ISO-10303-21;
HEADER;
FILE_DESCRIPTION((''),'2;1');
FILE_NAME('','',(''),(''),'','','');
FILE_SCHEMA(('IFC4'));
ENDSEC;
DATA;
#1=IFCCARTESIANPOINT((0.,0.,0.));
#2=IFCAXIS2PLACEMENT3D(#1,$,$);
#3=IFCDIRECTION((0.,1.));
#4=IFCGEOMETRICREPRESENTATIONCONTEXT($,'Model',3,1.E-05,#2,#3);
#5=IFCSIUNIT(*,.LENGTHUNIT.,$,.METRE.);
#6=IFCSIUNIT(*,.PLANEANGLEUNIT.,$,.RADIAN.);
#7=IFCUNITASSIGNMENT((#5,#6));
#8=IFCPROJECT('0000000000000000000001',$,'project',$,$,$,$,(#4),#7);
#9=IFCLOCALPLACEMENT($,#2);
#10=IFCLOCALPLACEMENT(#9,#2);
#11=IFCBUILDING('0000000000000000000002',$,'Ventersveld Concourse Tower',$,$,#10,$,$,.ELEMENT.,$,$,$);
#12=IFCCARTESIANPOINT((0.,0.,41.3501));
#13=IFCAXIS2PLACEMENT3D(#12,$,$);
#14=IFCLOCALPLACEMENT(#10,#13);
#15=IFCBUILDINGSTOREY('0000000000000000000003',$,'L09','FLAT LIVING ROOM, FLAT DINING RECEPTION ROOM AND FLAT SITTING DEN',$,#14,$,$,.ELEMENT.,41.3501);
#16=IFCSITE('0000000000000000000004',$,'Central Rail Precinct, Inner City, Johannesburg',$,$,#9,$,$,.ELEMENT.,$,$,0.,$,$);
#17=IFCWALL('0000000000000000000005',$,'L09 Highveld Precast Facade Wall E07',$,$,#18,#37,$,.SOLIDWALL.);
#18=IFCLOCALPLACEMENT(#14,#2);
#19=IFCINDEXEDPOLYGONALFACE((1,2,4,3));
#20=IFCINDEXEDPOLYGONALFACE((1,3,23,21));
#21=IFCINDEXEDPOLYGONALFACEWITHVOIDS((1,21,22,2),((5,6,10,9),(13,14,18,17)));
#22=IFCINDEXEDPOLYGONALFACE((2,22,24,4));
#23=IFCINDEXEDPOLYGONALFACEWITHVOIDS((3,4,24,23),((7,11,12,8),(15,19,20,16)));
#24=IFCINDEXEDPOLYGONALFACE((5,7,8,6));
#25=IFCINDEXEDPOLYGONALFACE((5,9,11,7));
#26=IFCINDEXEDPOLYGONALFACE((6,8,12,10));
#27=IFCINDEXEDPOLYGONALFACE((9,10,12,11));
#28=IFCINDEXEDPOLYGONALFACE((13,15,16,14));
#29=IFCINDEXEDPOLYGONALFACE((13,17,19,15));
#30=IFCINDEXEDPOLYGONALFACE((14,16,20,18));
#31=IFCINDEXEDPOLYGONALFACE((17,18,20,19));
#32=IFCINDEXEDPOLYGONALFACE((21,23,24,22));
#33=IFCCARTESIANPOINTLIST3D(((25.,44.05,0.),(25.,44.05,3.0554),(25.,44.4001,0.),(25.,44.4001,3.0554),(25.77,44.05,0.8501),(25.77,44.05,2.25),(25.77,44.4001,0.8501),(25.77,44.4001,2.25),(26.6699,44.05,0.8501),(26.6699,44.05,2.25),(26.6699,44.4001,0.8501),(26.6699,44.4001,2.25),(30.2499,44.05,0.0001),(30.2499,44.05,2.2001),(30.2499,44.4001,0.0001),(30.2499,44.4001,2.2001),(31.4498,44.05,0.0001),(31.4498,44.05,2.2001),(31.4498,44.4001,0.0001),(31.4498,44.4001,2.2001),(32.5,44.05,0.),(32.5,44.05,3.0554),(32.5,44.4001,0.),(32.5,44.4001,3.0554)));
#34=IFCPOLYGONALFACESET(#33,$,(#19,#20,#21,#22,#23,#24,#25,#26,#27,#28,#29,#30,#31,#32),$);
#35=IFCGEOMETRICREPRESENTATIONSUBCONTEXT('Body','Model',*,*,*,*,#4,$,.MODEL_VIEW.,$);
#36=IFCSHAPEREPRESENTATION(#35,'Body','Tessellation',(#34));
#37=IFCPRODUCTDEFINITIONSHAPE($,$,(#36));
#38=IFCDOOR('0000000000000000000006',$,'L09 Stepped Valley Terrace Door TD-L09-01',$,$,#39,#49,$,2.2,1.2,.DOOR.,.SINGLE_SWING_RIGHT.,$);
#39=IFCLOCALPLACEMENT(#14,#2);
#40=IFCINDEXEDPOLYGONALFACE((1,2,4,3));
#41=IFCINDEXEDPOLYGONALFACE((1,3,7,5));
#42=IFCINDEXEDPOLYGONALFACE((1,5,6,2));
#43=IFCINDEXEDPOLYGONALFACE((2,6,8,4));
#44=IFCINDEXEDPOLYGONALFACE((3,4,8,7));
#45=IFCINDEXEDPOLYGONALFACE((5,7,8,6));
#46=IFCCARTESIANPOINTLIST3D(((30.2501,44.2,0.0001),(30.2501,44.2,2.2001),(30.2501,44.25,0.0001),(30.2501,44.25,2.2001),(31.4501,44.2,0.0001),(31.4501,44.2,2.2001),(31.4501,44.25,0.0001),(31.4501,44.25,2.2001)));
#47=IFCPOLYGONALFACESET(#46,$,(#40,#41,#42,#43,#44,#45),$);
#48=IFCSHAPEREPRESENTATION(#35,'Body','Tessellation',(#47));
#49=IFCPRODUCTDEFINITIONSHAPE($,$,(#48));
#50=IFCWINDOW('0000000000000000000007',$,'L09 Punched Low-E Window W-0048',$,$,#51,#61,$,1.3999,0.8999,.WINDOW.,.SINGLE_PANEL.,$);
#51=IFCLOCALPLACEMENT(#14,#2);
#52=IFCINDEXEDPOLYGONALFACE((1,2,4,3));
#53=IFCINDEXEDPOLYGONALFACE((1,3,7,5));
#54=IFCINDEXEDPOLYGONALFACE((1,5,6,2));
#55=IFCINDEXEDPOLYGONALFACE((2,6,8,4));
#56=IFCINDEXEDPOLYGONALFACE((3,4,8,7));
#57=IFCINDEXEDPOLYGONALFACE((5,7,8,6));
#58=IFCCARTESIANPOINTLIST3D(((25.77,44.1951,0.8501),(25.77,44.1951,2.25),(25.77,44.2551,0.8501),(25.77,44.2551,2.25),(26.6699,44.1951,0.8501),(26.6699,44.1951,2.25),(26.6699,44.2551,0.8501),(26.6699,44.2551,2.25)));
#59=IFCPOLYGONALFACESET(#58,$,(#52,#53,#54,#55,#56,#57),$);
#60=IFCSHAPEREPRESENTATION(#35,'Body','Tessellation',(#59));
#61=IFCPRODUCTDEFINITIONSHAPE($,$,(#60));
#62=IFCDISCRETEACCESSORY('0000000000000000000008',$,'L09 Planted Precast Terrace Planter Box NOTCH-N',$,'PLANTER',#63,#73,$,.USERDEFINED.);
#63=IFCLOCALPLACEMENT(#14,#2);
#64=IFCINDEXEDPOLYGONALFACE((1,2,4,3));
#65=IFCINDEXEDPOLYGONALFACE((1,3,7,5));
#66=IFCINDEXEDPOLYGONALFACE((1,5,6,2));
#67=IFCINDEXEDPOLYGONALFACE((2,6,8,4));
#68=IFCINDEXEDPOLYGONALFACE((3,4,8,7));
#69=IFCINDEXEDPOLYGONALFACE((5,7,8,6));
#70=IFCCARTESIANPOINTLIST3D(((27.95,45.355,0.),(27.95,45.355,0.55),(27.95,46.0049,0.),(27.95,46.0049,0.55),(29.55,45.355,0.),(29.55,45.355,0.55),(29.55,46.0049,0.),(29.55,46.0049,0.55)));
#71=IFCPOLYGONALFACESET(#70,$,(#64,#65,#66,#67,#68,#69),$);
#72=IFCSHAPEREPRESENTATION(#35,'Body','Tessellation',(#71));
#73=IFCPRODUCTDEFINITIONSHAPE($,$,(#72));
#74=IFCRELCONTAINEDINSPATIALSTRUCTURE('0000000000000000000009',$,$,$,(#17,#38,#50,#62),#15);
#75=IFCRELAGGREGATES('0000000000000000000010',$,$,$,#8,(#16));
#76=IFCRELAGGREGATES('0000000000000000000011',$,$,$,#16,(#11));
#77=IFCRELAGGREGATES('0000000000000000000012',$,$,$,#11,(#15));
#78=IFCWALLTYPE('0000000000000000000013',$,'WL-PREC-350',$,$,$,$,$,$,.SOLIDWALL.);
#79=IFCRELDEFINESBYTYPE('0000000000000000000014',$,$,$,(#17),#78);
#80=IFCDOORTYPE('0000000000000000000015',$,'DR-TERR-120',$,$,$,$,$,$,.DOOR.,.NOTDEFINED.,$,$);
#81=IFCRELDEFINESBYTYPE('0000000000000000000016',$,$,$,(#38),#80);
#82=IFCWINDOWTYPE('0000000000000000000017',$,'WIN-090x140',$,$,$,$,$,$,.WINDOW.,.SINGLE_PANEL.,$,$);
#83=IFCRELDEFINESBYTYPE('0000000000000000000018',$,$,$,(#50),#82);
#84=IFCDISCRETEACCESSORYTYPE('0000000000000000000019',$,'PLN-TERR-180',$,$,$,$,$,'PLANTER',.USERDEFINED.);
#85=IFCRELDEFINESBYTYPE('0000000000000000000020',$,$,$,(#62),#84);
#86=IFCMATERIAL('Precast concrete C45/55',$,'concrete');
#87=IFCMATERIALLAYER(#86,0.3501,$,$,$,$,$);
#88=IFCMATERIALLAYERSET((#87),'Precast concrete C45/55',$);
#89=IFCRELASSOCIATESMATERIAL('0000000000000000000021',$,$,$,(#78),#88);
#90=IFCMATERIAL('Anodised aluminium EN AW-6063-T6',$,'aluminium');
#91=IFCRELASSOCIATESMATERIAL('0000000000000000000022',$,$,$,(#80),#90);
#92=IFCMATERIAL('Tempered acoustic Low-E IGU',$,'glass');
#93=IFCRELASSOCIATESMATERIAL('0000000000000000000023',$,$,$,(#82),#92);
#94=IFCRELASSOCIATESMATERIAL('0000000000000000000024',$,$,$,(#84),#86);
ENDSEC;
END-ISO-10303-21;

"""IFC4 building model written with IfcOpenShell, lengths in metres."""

from ifc_helpers import new_model, si_unit, direction, frame, frame_2d, origin, origin_2d, place, context, subcontext, project, spatial, rectangle, extrude, material, layer, layer_set, type_object, element, fill, save


model = new_model("IFC4")

# Units and contexts
model_context = context("Model", 3, precision=1e-05, world=origin(), true_north=direction((0.0, 1.0)))
body_context = subcontext(model_context, "Body", "Model", "MODEL_VIEW")
ifc_project = project(units=[si_unit("LENGTHUNIT", "METRE"), si_unit("PLANEANGLEUNIT", "RADIAN")], contexts=[model_context])

# Site, building, storey
site_placement = place(None, origin())
site = spatial("IfcSite", under=ifc_project, at=site_placement, Name="Central Rail Precinct, Inner City, Johannesburg", CompositionType="ELEMENT", RefElevation=0.0)
building_placement = place(site_placement, origin())
building = spatial("IfcBuilding", under=site, at=building_placement, Name="Ventersveld Concourse Tower", CompositionType="ELEMENT")
storey_placement = place(building_placement, frame((0.0, 0.0, 41.3501)))
storey = spatial("IfcBuildingStorey", under=building, at=storey_placement, Name="L09", Description="FLAT LIVING ROOM, FLAT DINING RECEPTION ROOM AND FLAT SITTING DEN", CompositionType="ELEMENT", Elevation=41.3501)

# Shared definitions
ifc_material_1 = material(Name="Precast concrete C45/55", Category="concrete")
ifc_layer_1 = layer(ifc_material_1, 0.3501)
ifc_layer_set_1 = layer_set([ifc_layer_1], Name="Precast concrete C45/55")
wall_type_1 = type_object("IfcWallType", Name="WL-PREC-350", PredefinedType="SOLIDWALL", material=ifc_layer_set_1)

# Wall, openings, door, window
wall_1_placement = place(storey_placement, frame((32.5, 44.2251, 0.0), z_axis=(0.0, 0.0, 1.0), x_axis=(-1.0, 0.0, 0.0)))
wall_1 = element("IfcWall", 1, at=wall_1_placement, inside=storey, type_object=wall_type_1, Name="L09 Highveld Precast Facade Wall E07", PredefinedType="SOLIDWALL", context=body_context, shape_type="SweptSolid", body=[
    extrude(rectangle(XDim=7.5, YDim=0.3501, at=frame_2d((3.75, 0.0))), origin(), (0.0, 0.0, 1.0), 3.0554),
])
opening_1_placement = place(wall_1_placement, frame((1.05, 0.0, 0.0)))
opening_1 = element("IfcOpeningElement", 2, at=opening_1_placement, cuts=wall_1, PredefinedType="OPENING", context=body_context, shape_type="SweptSolid", body=[
    extrude(rectangle(XDim=1.2, YDim=2.2, at=frame_2d((0.6001, 1.1001))), frame((0.0, 0.1851, 0.0), z_axis=(0.0, -1.0, 0.0), x_axis=(1.0, 0.0, 0.0)), (0.0, 0.0, 1.0), 0.3701),
])
opening_2_placement = place(wall_1_placement, frame((5.8301, 0.0, 0.8501)))
opening_2 = element("IfcOpeningElement", 3, at=opening_2_placement, cuts=wall_1, PredefinedType="OPENING", context=body_context, shape_type="SweptSolid", body=[
    extrude(rectangle(XDim=0.8999, YDim=1.3999, at=frame_2d((0.45, 0.7))), frame((0.0, 0.1851, 0.0), z_axis=(0.0, -1.0, 0.0), x_axis=(1.0, 0.0, 0.0)), (0.0, 0.0, 1.0), 0.3701),
])
ifc_material_2 = material(Name="Anodised aluminium EN AW-6063-T6", Category="aluminium")
door_type_1 = type_object("IfcDoorType", Name="DR-TERR-120", OperationType="NOTDEFINED", PredefinedType="DOOR", material=ifc_material_2)
door_1_placement = place(opening_1_placement, frame((1.2, 0.0, 0.0), z_axis=(0.0, 0.0, 1.0), x_axis=(-1.0, 0.0, 0.0)))
door_1 = element("IfcDoor", 4, at=door_1_placement, inside=storey, type_object=door_type_1, Name="L09 Stepped Valley Terrace Door TD-L09-01", OperationType="SINGLE_SWING_RIGHT", OverallHeight=2.2, OverallWidth=1.2, PredefinedType="DOOR", context=body_context, shape_type="SweptSolid", body=[
    extrude(rectangle(XDim=1.2, YDim=2.2, at=frame_2d((0.6001, 1.1001))), frame((0.0, 0.0249, 0.0), z_axis=(0.0, -1.0, 0.0), x_axis=(1.0, 0.0, 0.0)), (0.0, 0.0, 1.0), 0.05),
])
fill(opening_1, door_1)
ifc_material_3 = material(Name="Tempered acoustic Low-E IGU", Category="glass")
window_type = type_object("IfcWindowType", Name="WIN-090x140", PartitioningType="SINGLE_PANEL", PredefinedType="WINDOW", material=ifc_material_3)
window_placement = place(opening_2_placement, origin())
window = element("IfcWindow", 5, at=window_placement, inside=storey, type_object=window_type, Name="L09 Punched Low-E Window W-0048", OverallHeight=1.3999, OverallWidth=0.8999, PartitioningType="SINGLE_PANEL", PredefinedType="WINDOW", context=body_context, shape_type="SweptSolid", body=[
    extrude(rectangle(XDim=0.8999, YDim=1.3999, at=frame_2d((0.45, 0.7))), frame((0.0, 0.03, 0.0), z_axis=(0.0, -1.0, 0.0), x_axis=(1.0, 0.0, 0.0)), (0.0, 0.0, 1.0), 0.0601),
])
fill(opening_2, window)

# Discrete accessory
discrete_accessory_type = type_object("IfcDiscreteAccessoryType", Name="PLN-TERR-180", ElementType="PLANTER", PredefinedType="USERDEFINED", material=ifc_material_1)
discrete_accessory_placement = place(storey_placement, frame((28.75, 45.6799, 0.0), z_axis=(0.0, 0.0, 1.0), x_axis=(1.0, 0.0, 0.0)))
element("IfcDiscreteAccessory", 6, at=discrete_accessory_placement, inside=storey, type_object=discrete_accessory_type, Name="L09 Planted Precast Terrace Planter Box NOTCH-N", ObjectType="PLANTER", PredefinedType="USERDEFINED", context=body_context, shape_type="SweptSolid", body=[
    extrude(rectangle(XDim=1.6001, YDim=0.6499, at=origin_2d()), origin(), (0.0, 0.0, 1.0), 0.55),
])

save(model, "model.ifc")
